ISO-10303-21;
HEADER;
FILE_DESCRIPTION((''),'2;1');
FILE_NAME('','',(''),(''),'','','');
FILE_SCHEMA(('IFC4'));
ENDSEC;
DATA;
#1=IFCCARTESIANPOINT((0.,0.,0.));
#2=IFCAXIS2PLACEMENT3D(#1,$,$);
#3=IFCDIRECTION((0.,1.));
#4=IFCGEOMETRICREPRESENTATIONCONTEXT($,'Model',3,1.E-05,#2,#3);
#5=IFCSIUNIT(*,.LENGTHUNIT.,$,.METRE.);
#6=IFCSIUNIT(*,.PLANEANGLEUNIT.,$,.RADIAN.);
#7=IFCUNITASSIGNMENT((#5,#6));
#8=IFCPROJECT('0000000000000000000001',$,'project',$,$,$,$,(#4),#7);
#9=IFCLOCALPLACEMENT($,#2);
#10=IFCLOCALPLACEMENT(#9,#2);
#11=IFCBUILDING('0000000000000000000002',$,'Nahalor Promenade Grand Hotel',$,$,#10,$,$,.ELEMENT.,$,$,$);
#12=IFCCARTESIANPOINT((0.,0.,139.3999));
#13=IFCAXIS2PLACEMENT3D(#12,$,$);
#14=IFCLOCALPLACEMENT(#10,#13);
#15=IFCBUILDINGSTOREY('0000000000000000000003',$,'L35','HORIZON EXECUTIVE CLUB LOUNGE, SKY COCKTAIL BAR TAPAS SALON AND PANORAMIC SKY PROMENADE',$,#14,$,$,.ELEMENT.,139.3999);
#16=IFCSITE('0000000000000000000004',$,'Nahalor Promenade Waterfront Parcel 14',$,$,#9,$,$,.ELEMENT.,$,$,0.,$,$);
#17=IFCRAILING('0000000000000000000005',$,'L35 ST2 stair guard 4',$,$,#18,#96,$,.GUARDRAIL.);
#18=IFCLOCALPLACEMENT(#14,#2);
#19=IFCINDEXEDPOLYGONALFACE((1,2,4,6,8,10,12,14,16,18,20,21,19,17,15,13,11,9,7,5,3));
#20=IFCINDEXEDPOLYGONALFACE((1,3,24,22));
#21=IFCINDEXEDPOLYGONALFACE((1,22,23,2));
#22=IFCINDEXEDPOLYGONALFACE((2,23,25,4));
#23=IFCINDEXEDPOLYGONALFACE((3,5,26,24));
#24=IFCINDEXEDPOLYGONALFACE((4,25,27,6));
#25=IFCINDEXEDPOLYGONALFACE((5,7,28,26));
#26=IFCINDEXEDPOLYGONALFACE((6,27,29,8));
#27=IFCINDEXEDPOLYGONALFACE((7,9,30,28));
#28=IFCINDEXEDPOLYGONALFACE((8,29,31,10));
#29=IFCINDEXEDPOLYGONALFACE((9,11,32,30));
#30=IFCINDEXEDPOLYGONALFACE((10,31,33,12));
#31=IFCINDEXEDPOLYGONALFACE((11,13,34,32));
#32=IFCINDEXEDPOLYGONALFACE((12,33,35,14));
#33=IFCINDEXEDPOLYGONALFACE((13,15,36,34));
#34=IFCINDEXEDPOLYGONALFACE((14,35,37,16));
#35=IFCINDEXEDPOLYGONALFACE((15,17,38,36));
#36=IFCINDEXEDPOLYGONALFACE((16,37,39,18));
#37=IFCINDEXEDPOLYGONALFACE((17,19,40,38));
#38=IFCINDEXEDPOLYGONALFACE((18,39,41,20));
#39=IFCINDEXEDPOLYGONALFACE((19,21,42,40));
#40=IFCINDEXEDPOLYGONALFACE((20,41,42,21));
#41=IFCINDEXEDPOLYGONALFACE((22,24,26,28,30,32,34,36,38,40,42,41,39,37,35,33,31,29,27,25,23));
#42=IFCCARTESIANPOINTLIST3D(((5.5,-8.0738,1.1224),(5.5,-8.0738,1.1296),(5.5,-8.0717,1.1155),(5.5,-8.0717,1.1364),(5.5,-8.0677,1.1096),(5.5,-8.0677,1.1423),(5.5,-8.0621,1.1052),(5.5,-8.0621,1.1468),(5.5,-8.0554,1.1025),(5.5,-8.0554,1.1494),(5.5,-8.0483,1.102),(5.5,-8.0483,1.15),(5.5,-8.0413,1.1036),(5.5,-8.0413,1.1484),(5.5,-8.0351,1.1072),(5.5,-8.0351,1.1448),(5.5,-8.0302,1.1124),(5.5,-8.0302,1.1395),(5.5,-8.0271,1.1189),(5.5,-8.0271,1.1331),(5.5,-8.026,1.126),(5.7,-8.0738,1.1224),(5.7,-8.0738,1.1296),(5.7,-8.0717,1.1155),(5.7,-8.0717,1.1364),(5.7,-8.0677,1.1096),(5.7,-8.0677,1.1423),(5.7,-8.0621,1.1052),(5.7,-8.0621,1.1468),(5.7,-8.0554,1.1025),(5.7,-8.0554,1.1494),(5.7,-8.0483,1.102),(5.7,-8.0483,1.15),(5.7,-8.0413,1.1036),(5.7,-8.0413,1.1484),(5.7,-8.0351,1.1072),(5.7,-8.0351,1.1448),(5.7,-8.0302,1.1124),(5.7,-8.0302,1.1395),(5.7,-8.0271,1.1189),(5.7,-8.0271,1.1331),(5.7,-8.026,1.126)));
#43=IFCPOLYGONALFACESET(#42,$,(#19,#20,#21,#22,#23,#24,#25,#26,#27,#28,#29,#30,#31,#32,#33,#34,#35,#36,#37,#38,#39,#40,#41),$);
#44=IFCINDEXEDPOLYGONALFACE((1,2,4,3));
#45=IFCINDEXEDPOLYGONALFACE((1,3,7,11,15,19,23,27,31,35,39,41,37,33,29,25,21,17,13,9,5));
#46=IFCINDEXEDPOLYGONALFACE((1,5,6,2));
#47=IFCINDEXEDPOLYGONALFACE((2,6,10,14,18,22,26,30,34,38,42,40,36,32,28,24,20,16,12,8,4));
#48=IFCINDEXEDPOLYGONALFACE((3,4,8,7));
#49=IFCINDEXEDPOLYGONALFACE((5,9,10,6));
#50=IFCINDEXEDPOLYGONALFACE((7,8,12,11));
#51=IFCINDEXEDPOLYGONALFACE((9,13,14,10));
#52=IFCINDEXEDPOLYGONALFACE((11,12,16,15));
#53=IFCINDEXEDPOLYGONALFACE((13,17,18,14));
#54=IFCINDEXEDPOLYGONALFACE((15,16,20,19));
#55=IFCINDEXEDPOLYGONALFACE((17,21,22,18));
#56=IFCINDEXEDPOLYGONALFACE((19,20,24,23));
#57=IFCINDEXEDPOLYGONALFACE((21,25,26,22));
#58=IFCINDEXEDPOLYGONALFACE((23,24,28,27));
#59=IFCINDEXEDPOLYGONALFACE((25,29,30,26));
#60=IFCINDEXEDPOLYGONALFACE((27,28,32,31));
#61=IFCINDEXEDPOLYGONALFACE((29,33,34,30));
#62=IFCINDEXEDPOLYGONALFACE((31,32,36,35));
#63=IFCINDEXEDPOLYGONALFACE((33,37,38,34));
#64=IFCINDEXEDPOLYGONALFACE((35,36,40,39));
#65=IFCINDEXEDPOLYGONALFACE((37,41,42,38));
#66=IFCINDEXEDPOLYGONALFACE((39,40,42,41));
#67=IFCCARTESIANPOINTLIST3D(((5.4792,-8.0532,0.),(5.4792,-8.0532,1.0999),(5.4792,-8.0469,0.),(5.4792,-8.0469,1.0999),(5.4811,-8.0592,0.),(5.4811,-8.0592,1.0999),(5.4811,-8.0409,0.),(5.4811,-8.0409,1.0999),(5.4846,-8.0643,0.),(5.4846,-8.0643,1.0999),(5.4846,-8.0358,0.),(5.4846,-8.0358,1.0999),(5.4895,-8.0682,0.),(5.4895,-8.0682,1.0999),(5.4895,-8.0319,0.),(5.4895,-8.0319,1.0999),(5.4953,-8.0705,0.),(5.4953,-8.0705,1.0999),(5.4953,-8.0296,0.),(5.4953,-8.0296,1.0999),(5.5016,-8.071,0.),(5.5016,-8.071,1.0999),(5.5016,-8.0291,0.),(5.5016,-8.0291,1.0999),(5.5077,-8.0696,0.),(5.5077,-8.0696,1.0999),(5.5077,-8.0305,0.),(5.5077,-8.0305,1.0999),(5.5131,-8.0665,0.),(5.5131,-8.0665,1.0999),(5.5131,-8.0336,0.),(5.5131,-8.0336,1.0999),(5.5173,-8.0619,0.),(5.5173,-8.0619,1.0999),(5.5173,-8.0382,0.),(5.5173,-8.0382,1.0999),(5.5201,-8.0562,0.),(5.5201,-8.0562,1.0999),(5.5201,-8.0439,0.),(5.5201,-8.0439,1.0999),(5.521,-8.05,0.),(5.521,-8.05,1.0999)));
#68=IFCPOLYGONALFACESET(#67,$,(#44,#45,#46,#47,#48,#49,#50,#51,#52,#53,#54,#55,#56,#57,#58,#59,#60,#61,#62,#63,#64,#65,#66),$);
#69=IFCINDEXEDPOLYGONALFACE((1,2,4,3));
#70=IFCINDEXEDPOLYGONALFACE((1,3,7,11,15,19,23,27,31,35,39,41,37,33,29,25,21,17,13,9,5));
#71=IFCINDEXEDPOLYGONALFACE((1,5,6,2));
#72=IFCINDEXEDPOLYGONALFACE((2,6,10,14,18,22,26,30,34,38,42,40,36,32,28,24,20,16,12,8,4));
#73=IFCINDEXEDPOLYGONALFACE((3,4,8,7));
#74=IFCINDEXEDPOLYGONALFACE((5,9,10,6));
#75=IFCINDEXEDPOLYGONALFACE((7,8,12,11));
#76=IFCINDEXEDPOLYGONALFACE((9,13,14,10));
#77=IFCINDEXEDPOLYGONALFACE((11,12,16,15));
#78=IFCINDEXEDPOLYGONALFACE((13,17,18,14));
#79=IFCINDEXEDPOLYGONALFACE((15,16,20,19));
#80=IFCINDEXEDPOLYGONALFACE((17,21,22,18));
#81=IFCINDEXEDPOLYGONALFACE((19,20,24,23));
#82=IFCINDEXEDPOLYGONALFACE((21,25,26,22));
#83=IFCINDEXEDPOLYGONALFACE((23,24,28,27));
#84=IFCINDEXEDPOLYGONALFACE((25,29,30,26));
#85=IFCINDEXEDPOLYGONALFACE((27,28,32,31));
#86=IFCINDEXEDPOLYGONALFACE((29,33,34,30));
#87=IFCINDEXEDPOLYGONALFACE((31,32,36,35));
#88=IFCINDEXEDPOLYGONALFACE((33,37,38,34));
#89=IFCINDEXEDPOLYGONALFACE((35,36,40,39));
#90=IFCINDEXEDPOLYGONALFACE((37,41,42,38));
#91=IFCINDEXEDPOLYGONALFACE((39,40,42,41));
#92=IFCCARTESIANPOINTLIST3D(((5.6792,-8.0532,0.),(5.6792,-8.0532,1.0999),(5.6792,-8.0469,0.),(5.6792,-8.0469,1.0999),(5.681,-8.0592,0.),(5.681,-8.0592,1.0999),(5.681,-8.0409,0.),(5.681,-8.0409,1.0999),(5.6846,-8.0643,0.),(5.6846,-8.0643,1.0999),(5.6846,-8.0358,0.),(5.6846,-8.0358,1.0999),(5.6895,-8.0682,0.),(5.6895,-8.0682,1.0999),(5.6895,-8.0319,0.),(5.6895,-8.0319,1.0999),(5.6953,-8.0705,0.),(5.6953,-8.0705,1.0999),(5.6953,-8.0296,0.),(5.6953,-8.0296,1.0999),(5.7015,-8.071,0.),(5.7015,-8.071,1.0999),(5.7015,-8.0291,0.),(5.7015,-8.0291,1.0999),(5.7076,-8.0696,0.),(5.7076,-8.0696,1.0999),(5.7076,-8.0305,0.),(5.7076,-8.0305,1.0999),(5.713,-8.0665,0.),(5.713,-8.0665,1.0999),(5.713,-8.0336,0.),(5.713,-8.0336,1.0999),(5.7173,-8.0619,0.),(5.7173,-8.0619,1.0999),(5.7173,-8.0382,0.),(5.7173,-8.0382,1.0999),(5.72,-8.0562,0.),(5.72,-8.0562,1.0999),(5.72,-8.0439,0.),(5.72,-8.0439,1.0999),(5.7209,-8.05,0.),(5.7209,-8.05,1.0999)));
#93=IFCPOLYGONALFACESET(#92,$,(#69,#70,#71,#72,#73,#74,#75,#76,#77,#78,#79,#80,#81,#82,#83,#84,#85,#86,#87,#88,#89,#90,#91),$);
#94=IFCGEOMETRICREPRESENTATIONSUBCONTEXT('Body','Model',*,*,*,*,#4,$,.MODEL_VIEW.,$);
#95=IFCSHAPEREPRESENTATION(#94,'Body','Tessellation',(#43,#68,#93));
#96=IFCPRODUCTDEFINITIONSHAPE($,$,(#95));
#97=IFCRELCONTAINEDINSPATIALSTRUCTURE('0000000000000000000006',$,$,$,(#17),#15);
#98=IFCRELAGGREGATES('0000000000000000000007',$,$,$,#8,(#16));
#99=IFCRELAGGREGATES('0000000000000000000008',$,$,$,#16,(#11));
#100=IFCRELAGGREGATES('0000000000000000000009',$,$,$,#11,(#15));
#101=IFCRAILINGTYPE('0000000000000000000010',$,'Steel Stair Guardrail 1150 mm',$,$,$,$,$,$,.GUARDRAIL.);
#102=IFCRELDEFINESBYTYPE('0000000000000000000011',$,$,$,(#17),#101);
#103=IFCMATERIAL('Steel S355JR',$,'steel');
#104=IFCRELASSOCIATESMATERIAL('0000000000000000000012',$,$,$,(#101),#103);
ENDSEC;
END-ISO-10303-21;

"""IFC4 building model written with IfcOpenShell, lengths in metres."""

from ifc_helpers import new_model, si_unit, direction, frame, origin, origin_2d, place, context, subcontext, project, spatial, circle, extrude, material, type_object, element, save


model = new_model("IFC4")

# Units and contexts
model_context = context("Model", 3, precision=1e-05, world=origin(), true_north=direction((0.0, 1.0)))
body_context = subcontext(model_context, "Body", "Model", "MODEL_VIEW")
ifc_project = project(units=[si_unit("LENGTHUNIT", "METRE"), si_unit("PLANEANGLEUNIT", "RADIAN")], contexts=[model_context])

# Site, building, storey
site_placement = place(None, origin())
site = spatial("IfcSite", under=ifc_project, at=site_placement, Name="Nahalor Promenade Waterfront Parcel 14", CompositionType="ELEMENT", RefElevation=0.0)
building_placement = place(site_placement, origin())
building = spatial("IfcBuilding", under=site, at=building_placement, Name="Nahalor Promenade Grand Hotel", CompositionType="ELEMENT")
storey_placement = place(building_placement, frame((0.0, 0.0, 139.3999)))
storey = spatial("IfcBuildingStorey", under=building, at=storey_placement, Name="L35", Description="HORIZON EXECUTIVE CLUB LOUNGE, SKY COCKTAIL BAR TAPAS SALON AND PANORAMIC SKY PROMENADE", CompositionType="ELEMENT", Elevation=139.3999)

# Shared definitions
ifc_material_1 = material(Name="Steel S355JR", Category="steel")

# Railing
railing_type_1 = type_object("IfcRailingType", Name="Steel Stair Guardrail 1150 mm", PredefinedType="GUARDRAIL", material=ifc_material_1)
railing_1_placement = place(storey_placement, frame((5.5, -8.05, 0.0)))
element("IfcRailing", 1, at=railing_1_placement, inside=storey, type_object=railing_type_1, Name="L35 ST2 stair guard 4", PredefinedType="GUARDRAIL", context=body_context, shape_type="SweptSolid", body=[
    extrude(circle(Radius=0.024, at=origin_2d()), frame((0.0, 0.0, 1.126), z_axis=(1.0, 0.0, 0.0), x_axis=(0.0, 1.0, 0.0)), (0.0, 0.0, 1.0), 0.2),
    extrude(circle(Radius=0.021, at=origin_2d()), origin(), (0.0, 0.0, 1.0), 1.0999),
    extrude(circle(Radius=0.021, at=origin_2d()), frame((0.2, 0.0, 0.0)), (0.0, 0.0, 1.0), 1.0999),
])

save(model, "model.ifc")
